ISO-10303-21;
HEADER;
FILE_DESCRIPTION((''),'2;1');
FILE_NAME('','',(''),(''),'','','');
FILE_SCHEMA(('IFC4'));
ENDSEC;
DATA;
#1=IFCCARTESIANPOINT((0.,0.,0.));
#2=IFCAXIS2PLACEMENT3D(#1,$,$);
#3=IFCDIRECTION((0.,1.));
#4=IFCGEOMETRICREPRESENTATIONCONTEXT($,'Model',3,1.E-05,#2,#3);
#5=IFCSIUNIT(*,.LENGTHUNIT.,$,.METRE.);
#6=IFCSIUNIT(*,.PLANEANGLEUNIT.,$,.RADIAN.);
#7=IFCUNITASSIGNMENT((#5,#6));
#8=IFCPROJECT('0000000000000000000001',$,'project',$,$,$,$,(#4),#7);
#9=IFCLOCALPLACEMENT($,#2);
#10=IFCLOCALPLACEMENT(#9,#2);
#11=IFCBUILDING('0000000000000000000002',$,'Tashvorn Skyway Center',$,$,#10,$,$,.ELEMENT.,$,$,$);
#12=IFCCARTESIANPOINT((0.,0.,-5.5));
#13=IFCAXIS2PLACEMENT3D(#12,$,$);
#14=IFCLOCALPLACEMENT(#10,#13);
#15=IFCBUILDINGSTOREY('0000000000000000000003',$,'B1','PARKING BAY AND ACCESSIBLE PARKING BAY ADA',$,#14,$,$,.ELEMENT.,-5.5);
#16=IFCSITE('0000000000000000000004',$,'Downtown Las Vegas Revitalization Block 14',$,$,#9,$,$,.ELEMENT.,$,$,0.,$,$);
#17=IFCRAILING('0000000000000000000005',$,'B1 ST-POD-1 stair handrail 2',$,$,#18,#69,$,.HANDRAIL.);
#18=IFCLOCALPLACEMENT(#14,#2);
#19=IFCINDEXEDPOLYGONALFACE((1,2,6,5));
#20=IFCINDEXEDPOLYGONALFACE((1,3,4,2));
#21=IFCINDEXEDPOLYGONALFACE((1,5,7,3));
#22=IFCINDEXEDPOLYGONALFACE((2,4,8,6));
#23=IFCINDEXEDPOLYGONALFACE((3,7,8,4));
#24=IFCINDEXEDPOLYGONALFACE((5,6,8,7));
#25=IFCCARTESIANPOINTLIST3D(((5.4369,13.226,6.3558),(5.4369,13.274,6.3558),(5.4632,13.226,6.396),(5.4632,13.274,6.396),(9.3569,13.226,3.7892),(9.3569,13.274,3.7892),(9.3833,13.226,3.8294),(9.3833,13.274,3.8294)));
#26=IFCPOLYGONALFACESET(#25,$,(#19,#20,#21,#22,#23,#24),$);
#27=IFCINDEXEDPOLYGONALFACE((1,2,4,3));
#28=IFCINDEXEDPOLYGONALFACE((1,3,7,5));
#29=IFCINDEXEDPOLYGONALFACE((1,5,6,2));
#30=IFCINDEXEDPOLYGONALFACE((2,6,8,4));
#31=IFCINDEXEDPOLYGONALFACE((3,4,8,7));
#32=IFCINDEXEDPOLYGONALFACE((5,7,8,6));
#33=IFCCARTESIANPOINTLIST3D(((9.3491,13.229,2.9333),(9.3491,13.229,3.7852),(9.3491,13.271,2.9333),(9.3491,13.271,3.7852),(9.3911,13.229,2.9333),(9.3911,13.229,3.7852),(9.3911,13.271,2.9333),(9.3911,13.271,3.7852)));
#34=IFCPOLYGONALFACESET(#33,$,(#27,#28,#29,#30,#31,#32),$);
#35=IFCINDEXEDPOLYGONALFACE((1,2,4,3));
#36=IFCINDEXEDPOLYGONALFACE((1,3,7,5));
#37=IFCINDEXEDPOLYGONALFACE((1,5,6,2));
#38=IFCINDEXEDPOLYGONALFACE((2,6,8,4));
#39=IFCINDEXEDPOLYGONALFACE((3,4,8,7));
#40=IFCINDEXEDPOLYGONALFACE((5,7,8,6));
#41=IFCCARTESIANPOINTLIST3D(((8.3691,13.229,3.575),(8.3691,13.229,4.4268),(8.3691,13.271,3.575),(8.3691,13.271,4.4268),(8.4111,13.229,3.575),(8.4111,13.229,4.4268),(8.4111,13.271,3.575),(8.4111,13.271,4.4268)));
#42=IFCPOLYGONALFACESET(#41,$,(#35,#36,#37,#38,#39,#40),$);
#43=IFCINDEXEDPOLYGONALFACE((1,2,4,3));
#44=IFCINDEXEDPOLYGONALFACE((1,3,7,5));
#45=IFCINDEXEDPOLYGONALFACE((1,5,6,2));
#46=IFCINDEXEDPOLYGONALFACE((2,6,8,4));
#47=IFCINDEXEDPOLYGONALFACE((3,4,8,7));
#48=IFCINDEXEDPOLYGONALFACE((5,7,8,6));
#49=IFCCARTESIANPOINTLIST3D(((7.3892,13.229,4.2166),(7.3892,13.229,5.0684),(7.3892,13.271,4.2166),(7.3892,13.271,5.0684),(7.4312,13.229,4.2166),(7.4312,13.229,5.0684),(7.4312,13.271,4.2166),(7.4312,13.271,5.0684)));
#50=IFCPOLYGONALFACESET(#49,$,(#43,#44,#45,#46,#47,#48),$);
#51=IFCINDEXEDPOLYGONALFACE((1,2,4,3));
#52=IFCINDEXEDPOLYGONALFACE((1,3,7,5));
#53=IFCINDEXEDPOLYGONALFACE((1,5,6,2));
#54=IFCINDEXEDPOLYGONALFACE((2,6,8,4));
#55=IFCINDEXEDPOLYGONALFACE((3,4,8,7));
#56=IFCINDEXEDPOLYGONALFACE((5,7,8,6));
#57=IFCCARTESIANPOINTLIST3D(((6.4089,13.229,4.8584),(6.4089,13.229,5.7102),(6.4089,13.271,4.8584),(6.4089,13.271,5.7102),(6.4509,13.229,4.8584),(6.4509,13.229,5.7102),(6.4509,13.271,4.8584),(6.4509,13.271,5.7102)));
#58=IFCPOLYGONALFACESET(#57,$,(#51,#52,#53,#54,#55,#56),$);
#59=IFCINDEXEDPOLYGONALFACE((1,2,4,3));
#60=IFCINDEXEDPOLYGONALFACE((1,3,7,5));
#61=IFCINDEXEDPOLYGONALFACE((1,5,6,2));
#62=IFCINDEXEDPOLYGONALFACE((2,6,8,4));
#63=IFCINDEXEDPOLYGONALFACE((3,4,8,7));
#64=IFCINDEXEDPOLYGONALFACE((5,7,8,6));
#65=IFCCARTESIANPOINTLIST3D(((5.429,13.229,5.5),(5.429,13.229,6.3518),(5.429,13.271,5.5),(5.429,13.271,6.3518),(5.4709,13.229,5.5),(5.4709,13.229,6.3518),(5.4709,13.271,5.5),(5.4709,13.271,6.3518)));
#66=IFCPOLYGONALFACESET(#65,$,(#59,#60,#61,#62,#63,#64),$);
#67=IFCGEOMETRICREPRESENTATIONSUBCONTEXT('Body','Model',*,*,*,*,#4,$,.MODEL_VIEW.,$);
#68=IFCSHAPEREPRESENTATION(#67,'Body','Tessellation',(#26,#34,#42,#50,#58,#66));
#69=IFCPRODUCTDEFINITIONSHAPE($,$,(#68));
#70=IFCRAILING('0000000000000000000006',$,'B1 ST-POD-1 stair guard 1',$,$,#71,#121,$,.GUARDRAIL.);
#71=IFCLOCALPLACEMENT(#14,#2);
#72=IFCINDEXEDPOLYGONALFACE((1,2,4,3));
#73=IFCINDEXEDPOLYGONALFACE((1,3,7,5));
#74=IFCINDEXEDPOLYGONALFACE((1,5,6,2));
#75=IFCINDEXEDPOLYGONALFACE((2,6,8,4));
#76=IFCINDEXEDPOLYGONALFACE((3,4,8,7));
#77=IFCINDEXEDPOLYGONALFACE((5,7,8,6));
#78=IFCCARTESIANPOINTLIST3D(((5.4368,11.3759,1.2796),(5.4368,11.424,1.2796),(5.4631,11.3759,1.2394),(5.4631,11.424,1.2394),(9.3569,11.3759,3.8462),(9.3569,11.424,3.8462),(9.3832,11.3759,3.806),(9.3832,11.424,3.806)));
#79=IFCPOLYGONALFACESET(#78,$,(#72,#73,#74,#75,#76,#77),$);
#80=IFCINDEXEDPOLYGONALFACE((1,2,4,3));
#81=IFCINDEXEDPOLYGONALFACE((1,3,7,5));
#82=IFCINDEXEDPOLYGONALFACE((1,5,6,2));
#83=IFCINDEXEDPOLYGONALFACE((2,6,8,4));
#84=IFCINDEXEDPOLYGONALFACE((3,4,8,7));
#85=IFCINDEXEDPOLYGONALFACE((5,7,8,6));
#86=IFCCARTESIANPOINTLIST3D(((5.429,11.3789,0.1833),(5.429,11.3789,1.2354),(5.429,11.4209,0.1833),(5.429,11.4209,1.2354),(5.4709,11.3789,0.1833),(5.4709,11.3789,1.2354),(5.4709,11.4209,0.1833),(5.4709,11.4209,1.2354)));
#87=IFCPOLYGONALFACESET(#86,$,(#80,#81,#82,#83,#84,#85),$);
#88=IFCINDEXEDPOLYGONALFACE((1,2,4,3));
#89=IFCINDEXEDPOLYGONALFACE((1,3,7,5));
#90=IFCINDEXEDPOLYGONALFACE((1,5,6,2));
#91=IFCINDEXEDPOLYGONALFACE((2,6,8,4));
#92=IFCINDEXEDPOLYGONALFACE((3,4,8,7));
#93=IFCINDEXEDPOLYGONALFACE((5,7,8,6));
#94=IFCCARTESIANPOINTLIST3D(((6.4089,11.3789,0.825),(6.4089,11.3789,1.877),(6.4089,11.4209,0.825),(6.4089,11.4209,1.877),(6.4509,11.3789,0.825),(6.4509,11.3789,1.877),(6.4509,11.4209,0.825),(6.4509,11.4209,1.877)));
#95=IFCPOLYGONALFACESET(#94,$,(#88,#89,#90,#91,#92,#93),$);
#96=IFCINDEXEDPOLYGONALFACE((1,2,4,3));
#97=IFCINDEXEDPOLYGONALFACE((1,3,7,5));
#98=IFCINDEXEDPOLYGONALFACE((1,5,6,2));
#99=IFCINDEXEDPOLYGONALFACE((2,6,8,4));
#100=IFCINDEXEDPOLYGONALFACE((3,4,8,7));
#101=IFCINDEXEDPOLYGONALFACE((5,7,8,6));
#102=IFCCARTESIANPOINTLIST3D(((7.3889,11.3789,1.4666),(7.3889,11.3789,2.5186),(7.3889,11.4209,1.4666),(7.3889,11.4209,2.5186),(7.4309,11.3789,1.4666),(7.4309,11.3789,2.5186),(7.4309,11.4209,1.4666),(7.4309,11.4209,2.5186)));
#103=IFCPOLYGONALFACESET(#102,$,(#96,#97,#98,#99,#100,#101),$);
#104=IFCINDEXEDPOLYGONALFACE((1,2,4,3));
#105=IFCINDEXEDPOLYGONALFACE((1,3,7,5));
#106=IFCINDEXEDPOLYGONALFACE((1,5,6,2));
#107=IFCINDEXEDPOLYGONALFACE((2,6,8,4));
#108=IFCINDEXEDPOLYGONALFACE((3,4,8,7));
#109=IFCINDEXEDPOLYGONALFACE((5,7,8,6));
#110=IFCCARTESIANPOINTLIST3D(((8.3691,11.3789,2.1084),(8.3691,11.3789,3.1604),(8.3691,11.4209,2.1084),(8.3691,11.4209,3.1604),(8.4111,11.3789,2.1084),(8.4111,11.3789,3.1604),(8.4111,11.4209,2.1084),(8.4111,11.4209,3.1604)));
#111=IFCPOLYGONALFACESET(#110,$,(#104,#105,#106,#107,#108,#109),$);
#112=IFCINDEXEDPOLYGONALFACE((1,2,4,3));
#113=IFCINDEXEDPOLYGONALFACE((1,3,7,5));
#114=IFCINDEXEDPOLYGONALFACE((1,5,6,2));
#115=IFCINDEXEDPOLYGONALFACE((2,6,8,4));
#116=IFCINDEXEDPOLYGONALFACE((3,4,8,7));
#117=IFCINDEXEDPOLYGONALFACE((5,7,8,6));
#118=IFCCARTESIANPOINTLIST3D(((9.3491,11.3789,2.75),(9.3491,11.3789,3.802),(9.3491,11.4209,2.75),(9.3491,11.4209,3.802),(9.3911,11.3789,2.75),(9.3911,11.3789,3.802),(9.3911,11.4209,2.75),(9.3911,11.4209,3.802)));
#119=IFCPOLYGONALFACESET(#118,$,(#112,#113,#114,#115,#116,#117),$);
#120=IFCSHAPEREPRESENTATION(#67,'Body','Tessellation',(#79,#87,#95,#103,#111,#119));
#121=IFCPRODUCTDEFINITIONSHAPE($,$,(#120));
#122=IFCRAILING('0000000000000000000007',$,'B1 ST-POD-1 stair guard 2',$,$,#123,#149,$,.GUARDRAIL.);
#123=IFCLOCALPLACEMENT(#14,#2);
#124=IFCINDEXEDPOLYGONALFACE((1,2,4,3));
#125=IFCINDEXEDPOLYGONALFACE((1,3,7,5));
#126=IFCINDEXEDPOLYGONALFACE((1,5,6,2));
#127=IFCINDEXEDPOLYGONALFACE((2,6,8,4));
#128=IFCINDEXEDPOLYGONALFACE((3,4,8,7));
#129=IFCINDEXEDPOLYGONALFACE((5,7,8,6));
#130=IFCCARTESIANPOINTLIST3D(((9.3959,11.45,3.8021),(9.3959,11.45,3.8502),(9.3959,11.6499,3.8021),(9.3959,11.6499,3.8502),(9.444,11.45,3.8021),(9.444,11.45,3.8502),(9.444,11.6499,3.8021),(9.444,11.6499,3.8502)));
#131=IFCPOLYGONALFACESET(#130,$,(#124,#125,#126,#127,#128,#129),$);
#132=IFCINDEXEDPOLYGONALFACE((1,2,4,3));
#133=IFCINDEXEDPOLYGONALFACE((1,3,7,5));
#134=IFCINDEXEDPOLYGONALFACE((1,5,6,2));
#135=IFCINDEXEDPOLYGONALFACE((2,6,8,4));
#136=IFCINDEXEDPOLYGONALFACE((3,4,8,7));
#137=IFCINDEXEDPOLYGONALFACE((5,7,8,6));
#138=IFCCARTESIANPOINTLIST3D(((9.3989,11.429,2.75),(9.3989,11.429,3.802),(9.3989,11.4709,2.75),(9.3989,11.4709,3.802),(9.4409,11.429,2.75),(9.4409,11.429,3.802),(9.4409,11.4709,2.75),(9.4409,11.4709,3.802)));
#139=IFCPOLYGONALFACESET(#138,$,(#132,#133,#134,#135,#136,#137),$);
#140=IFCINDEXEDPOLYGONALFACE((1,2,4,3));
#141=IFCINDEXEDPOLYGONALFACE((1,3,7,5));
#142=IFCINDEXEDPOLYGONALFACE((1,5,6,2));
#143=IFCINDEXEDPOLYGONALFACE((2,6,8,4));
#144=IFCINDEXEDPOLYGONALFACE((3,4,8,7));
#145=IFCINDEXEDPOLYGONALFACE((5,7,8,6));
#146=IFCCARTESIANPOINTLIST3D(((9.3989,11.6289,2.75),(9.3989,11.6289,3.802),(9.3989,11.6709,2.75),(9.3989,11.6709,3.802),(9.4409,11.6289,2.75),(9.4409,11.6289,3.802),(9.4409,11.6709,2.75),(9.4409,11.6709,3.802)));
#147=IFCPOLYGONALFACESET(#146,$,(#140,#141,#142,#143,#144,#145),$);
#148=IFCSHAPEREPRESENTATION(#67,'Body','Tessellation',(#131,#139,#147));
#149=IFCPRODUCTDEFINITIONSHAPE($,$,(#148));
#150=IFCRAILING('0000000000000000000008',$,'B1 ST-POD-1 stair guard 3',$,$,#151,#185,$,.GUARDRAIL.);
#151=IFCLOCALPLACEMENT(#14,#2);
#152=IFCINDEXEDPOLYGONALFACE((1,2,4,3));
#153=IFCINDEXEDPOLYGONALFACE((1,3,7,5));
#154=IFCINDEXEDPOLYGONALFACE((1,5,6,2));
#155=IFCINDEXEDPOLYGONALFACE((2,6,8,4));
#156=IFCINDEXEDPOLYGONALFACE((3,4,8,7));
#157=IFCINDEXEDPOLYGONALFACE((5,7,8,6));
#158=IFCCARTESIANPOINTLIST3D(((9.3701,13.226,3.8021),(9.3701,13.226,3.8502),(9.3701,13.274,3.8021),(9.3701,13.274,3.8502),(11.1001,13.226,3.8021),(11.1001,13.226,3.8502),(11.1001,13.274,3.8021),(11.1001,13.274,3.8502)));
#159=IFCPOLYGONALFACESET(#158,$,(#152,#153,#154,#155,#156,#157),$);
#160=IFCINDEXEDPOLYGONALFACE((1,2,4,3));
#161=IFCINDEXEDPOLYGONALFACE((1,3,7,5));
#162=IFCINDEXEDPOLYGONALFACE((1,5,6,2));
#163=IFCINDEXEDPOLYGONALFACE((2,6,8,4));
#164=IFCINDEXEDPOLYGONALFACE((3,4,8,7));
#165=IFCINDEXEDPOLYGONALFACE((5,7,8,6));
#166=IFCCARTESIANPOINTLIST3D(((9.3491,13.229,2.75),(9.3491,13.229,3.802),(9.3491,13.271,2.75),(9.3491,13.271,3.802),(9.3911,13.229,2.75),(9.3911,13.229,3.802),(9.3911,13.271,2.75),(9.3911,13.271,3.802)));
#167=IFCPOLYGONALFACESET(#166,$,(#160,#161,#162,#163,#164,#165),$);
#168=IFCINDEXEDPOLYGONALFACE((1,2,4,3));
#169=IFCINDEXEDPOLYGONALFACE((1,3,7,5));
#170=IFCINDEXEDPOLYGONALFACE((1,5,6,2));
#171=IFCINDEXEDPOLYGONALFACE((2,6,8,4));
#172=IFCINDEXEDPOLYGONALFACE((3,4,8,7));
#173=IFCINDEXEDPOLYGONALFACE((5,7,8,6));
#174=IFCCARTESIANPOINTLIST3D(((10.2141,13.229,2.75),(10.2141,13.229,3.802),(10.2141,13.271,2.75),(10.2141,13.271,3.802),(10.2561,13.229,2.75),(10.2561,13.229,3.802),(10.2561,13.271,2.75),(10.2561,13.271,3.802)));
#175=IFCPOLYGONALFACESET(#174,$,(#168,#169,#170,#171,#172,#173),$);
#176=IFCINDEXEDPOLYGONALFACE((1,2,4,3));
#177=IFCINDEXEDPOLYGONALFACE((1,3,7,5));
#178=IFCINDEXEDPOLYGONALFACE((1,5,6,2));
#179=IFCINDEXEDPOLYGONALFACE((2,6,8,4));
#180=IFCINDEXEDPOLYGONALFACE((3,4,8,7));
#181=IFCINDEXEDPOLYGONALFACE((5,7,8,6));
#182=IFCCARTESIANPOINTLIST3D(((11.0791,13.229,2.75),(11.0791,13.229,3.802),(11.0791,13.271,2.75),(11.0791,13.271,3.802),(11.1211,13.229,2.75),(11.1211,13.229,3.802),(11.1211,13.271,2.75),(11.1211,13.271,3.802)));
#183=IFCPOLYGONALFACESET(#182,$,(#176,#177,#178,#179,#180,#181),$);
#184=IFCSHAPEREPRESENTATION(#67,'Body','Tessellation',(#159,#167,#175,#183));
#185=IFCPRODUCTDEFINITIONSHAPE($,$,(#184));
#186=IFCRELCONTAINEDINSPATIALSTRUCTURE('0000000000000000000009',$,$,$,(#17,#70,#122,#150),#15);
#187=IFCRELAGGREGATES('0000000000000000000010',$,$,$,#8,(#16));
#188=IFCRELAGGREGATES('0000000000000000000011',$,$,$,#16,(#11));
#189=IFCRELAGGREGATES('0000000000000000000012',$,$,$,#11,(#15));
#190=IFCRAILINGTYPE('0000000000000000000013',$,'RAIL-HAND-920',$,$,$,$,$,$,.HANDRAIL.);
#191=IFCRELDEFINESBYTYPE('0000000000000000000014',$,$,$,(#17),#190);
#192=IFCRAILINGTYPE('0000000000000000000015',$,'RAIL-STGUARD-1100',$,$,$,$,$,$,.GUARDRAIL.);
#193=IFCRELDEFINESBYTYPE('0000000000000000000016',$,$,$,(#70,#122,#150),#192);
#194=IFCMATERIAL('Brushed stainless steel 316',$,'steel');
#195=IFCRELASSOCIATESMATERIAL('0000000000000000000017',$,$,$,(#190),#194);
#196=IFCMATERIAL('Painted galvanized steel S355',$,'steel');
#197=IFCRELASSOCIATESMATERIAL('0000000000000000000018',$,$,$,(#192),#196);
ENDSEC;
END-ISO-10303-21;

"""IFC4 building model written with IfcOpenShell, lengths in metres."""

from ifc_helpers import new_model, si_unit, direction, frame, origin, origin_2d, place, context, subcontext, project, spatial, rectangle, extrude, material, type_object, element, save


model = new_model("IFC4")

# Units and contexts
model_context = context("Model", 3, precision=1e-05, world=origin(), true_north=direction((0.0, 1.0)))
body_context = subcontext(model_context, "Body", "Model", "MODEL_VIEW")
ifc_project = project(units=[si_unit("LENGTHUNIT", "METRE"), si_unit("PLANEANGLEUNIT", "RADIAN")], contexts=[model_context])

# Site, building, storey
site_placement = place(None, origin())
site = spatial("IfcSite", under=ifc_project, at=site_placement, Name="Downtown Las Vegas Revitalization Block 14", CompositionType="ELEMENT", RefElevation=0.0)
building_placement = place(site_placement, origin())
building = spatial("IfcBuilding", under=site, at=building_placement, Name="Tashvorn Skyway Center", CompositionType="ELEMENT")
storey_placement = place(building_placement, frame((0.0, 0.0, -5.5)))
storey = spatial("IfcBuildingStorey", under=building, at=storey_placement, Name="B1", Description="PARKING BAY AND ACCESSIBLE PARKING BAY ADA", CompositionType="ELEMENT", Elevation=-5.5)

# Railings
ifc_material_1 = material(Name="Brushed stainless steel 316", Category="steel")
railing_type_1 = type_object("IfcRailingType", Name="RAIL-HAND-920", PredefinedType="HANDRAIL", material=ifc_material_1)
railing_1_placement = place(storey_placement, frame((9.3701, 13.25, 2.9333)))
element("IfcRailing", 1, at=railing_1_placement, inside=storey, type_object=railing_type_1, Name="B1 ST-POD-1 stair handrail 2", PredefinedType="HANDRAIL", context=body_context, shape_type="SweptSolid", body=[
    extrude(rectangle(XDim=0.0481, YDim=0.0481, at=origin_2d()), frame((0.0, 0.0, 0.876), z_axis=(-0.836631, 0.0, 0.547767), x_axis=(0.0, -1.0, 0.0)), (0.0, 0.0, 1.0), 4.6855),
    extrude(rectangle(XDim=0.042, YDim=0.042, at=origin_2d()), origin(), (0.0, 0.0, 1.0), 0.8518),
    extrude(rectangle(XDim=0.042, YDim=0.042, at=origin_2d()), frame((-0.98, 0.0, 0.6416)), (0.0, 0.0, 1.0), 0.8518),
    extrude(rectangle(XDim=0.042, YDim=0.042, at=origin_2d()), frame((-1.96, 0.0, 1.2832)), (0.0, 0.0, 1.0), 0.8518),
    extrude(rectangle(XDim=0.042, YDim=0.042, at=origin_2d()), frame((-2.9402, 0.0, 1.925)), (0.0, 0.0, 1.0), 0.8518),
    extrude(rectangle(XDim=0.042, YDim=0.042, at=origin_2d()), frame((-3.9202, 0.0, 2.5667)), (0.0, 0.0, 1.0), 0.8518),
])
ifc_material_2 = material(Name="Painted galvanized steel S355", Category="steel")
railing_type_2 = type_object("IfcRailingType", Name="RAIL-STGUARD-1100", PredefinedType="GUARDRAIL", material=ifc_material_2)
railing_2_placement = place(storey_placement, frame((5.45, 11.3999, 0.1833)))
element("IfcRailing", 2, at=railing_2_placement, inside=storey, type_object=railing_type_2, Name="B1 ST-POD-1 stair guard 1", PredefinedType="GUARDRAIL", context=body_context, shape_type="SweptSolid", body=[
    extrude(rectangle(XDim=0.0481, YDim=0.0481, at=origin_2d()), frame((0.0, 0.0, 1.0762), z_axis=(0.836631, 0.0, 0.547767), x_axis=(0.0, 1.0, 0.0)), (0.0, 0.0, 1.0), 4.6855),
    extrude(rectangle(XDim=0.042, YDim=0.042, at=origin_2d()), origin(), (0.0, 0.0, 1.0), 1.052),
    extrude(rectangle(XDim=0.042, YDim=0.042, at=origin_2d()), frame((0.98, 0.0, 0.6416)), (0.0, 0.0, 1.0), 1.052),
    extrude(rectangle(XDim=0.042, YDim=0.042, at=origin_2d()), frame((1.96, 0.0, 1.2832)), (0.0, 0.0, 1.0), 1.052),
    extrude(rectangle(XDim=0.042, YDim=0.042, at=origin_2d()), frame((2.9402, 0.0, 1.925)), (0.0, 0.0, 1.0), 1.052),
    extrude(rectangle(XDim=0.042, YDim=0.042, at=origin_2d()), frame((3.9202, 0.0, 2.5667)), (0.0, 0.0, 1.0), 1.052),
])
railing_3_placement = place(storey_placement, frame((9.4199, 11.45, 2.75)))
element("IfcRailing", 3, at=railing_3_placement, inside=storey, type_object=railing_type_2, Name="B1 ST-POD-1 stair guard 2", PredefinedType="GUARDRAIL", context=body_context, shape_type="SweptSolid", body=[
    extrude(rectangle(XDim=0.0481, YDim=0.0481, at=origin_2d()), frame((0.0, 0.0, 1.0762), z_axis=(0.0, 1.0, 0.0), x_axis=(-1.0, 0.0, 0.0)), (0.0, 0.0, 1.0), 0.2),
    extrude(rectangle(XDim=0.042, YDim=0.042, at=origin_2d()), origin(), (0.0, 0.0, 1.0), 1.052),
    extrude(rectangle(XDim=0.042, YDim=0.042, at=origin_2d()), frame((0.0, 0.2, 0.0)), (0.0, 0.0, 1.0), 1.052),
])
railing_4_placement = place(storey_placement, frame((9.3701, 13.25, 2.75)))
element("IfcRailing", 4, at=railing_4_placement, inside=storey, type_object=railing_type_2, Name="B1 ST-POD-1 stair guard 3", PredefinedType="GUARDRAIL", context=body_context, shape_type="SweptSolid", body=[
    extrude(rectangle(XDim=0.0481, YDim=0.0481, at=origin_2d()), frame((0.0, 0.0, 1.0762), z_axis=(1.0, 0.0, 0.0), x_axis=(0.0, 1.0, 0.0)), (0.0, 0.0, 1.0), 1.73),
    extrude(rectangle(XDim=0.042, YDim=0.042, at=origin_2d()), origin(), (0.0, 0.0, 1.0), 1.052),
    extrude(rectangle(XDim=0.042, YDim=0.042, at=origin_2d()), frame((0.865, 0.0, 0.0)), (0.0, 0.0, 1.0), 1.052),
    extrude(rectangle(XDim=0.042, YDim=0.042, at=origin_2d()), frame((1.73, 0.0, 0.0)), (0.0, 0.0, 1.0), 1.052),
])

save(model, "model.ifc")
